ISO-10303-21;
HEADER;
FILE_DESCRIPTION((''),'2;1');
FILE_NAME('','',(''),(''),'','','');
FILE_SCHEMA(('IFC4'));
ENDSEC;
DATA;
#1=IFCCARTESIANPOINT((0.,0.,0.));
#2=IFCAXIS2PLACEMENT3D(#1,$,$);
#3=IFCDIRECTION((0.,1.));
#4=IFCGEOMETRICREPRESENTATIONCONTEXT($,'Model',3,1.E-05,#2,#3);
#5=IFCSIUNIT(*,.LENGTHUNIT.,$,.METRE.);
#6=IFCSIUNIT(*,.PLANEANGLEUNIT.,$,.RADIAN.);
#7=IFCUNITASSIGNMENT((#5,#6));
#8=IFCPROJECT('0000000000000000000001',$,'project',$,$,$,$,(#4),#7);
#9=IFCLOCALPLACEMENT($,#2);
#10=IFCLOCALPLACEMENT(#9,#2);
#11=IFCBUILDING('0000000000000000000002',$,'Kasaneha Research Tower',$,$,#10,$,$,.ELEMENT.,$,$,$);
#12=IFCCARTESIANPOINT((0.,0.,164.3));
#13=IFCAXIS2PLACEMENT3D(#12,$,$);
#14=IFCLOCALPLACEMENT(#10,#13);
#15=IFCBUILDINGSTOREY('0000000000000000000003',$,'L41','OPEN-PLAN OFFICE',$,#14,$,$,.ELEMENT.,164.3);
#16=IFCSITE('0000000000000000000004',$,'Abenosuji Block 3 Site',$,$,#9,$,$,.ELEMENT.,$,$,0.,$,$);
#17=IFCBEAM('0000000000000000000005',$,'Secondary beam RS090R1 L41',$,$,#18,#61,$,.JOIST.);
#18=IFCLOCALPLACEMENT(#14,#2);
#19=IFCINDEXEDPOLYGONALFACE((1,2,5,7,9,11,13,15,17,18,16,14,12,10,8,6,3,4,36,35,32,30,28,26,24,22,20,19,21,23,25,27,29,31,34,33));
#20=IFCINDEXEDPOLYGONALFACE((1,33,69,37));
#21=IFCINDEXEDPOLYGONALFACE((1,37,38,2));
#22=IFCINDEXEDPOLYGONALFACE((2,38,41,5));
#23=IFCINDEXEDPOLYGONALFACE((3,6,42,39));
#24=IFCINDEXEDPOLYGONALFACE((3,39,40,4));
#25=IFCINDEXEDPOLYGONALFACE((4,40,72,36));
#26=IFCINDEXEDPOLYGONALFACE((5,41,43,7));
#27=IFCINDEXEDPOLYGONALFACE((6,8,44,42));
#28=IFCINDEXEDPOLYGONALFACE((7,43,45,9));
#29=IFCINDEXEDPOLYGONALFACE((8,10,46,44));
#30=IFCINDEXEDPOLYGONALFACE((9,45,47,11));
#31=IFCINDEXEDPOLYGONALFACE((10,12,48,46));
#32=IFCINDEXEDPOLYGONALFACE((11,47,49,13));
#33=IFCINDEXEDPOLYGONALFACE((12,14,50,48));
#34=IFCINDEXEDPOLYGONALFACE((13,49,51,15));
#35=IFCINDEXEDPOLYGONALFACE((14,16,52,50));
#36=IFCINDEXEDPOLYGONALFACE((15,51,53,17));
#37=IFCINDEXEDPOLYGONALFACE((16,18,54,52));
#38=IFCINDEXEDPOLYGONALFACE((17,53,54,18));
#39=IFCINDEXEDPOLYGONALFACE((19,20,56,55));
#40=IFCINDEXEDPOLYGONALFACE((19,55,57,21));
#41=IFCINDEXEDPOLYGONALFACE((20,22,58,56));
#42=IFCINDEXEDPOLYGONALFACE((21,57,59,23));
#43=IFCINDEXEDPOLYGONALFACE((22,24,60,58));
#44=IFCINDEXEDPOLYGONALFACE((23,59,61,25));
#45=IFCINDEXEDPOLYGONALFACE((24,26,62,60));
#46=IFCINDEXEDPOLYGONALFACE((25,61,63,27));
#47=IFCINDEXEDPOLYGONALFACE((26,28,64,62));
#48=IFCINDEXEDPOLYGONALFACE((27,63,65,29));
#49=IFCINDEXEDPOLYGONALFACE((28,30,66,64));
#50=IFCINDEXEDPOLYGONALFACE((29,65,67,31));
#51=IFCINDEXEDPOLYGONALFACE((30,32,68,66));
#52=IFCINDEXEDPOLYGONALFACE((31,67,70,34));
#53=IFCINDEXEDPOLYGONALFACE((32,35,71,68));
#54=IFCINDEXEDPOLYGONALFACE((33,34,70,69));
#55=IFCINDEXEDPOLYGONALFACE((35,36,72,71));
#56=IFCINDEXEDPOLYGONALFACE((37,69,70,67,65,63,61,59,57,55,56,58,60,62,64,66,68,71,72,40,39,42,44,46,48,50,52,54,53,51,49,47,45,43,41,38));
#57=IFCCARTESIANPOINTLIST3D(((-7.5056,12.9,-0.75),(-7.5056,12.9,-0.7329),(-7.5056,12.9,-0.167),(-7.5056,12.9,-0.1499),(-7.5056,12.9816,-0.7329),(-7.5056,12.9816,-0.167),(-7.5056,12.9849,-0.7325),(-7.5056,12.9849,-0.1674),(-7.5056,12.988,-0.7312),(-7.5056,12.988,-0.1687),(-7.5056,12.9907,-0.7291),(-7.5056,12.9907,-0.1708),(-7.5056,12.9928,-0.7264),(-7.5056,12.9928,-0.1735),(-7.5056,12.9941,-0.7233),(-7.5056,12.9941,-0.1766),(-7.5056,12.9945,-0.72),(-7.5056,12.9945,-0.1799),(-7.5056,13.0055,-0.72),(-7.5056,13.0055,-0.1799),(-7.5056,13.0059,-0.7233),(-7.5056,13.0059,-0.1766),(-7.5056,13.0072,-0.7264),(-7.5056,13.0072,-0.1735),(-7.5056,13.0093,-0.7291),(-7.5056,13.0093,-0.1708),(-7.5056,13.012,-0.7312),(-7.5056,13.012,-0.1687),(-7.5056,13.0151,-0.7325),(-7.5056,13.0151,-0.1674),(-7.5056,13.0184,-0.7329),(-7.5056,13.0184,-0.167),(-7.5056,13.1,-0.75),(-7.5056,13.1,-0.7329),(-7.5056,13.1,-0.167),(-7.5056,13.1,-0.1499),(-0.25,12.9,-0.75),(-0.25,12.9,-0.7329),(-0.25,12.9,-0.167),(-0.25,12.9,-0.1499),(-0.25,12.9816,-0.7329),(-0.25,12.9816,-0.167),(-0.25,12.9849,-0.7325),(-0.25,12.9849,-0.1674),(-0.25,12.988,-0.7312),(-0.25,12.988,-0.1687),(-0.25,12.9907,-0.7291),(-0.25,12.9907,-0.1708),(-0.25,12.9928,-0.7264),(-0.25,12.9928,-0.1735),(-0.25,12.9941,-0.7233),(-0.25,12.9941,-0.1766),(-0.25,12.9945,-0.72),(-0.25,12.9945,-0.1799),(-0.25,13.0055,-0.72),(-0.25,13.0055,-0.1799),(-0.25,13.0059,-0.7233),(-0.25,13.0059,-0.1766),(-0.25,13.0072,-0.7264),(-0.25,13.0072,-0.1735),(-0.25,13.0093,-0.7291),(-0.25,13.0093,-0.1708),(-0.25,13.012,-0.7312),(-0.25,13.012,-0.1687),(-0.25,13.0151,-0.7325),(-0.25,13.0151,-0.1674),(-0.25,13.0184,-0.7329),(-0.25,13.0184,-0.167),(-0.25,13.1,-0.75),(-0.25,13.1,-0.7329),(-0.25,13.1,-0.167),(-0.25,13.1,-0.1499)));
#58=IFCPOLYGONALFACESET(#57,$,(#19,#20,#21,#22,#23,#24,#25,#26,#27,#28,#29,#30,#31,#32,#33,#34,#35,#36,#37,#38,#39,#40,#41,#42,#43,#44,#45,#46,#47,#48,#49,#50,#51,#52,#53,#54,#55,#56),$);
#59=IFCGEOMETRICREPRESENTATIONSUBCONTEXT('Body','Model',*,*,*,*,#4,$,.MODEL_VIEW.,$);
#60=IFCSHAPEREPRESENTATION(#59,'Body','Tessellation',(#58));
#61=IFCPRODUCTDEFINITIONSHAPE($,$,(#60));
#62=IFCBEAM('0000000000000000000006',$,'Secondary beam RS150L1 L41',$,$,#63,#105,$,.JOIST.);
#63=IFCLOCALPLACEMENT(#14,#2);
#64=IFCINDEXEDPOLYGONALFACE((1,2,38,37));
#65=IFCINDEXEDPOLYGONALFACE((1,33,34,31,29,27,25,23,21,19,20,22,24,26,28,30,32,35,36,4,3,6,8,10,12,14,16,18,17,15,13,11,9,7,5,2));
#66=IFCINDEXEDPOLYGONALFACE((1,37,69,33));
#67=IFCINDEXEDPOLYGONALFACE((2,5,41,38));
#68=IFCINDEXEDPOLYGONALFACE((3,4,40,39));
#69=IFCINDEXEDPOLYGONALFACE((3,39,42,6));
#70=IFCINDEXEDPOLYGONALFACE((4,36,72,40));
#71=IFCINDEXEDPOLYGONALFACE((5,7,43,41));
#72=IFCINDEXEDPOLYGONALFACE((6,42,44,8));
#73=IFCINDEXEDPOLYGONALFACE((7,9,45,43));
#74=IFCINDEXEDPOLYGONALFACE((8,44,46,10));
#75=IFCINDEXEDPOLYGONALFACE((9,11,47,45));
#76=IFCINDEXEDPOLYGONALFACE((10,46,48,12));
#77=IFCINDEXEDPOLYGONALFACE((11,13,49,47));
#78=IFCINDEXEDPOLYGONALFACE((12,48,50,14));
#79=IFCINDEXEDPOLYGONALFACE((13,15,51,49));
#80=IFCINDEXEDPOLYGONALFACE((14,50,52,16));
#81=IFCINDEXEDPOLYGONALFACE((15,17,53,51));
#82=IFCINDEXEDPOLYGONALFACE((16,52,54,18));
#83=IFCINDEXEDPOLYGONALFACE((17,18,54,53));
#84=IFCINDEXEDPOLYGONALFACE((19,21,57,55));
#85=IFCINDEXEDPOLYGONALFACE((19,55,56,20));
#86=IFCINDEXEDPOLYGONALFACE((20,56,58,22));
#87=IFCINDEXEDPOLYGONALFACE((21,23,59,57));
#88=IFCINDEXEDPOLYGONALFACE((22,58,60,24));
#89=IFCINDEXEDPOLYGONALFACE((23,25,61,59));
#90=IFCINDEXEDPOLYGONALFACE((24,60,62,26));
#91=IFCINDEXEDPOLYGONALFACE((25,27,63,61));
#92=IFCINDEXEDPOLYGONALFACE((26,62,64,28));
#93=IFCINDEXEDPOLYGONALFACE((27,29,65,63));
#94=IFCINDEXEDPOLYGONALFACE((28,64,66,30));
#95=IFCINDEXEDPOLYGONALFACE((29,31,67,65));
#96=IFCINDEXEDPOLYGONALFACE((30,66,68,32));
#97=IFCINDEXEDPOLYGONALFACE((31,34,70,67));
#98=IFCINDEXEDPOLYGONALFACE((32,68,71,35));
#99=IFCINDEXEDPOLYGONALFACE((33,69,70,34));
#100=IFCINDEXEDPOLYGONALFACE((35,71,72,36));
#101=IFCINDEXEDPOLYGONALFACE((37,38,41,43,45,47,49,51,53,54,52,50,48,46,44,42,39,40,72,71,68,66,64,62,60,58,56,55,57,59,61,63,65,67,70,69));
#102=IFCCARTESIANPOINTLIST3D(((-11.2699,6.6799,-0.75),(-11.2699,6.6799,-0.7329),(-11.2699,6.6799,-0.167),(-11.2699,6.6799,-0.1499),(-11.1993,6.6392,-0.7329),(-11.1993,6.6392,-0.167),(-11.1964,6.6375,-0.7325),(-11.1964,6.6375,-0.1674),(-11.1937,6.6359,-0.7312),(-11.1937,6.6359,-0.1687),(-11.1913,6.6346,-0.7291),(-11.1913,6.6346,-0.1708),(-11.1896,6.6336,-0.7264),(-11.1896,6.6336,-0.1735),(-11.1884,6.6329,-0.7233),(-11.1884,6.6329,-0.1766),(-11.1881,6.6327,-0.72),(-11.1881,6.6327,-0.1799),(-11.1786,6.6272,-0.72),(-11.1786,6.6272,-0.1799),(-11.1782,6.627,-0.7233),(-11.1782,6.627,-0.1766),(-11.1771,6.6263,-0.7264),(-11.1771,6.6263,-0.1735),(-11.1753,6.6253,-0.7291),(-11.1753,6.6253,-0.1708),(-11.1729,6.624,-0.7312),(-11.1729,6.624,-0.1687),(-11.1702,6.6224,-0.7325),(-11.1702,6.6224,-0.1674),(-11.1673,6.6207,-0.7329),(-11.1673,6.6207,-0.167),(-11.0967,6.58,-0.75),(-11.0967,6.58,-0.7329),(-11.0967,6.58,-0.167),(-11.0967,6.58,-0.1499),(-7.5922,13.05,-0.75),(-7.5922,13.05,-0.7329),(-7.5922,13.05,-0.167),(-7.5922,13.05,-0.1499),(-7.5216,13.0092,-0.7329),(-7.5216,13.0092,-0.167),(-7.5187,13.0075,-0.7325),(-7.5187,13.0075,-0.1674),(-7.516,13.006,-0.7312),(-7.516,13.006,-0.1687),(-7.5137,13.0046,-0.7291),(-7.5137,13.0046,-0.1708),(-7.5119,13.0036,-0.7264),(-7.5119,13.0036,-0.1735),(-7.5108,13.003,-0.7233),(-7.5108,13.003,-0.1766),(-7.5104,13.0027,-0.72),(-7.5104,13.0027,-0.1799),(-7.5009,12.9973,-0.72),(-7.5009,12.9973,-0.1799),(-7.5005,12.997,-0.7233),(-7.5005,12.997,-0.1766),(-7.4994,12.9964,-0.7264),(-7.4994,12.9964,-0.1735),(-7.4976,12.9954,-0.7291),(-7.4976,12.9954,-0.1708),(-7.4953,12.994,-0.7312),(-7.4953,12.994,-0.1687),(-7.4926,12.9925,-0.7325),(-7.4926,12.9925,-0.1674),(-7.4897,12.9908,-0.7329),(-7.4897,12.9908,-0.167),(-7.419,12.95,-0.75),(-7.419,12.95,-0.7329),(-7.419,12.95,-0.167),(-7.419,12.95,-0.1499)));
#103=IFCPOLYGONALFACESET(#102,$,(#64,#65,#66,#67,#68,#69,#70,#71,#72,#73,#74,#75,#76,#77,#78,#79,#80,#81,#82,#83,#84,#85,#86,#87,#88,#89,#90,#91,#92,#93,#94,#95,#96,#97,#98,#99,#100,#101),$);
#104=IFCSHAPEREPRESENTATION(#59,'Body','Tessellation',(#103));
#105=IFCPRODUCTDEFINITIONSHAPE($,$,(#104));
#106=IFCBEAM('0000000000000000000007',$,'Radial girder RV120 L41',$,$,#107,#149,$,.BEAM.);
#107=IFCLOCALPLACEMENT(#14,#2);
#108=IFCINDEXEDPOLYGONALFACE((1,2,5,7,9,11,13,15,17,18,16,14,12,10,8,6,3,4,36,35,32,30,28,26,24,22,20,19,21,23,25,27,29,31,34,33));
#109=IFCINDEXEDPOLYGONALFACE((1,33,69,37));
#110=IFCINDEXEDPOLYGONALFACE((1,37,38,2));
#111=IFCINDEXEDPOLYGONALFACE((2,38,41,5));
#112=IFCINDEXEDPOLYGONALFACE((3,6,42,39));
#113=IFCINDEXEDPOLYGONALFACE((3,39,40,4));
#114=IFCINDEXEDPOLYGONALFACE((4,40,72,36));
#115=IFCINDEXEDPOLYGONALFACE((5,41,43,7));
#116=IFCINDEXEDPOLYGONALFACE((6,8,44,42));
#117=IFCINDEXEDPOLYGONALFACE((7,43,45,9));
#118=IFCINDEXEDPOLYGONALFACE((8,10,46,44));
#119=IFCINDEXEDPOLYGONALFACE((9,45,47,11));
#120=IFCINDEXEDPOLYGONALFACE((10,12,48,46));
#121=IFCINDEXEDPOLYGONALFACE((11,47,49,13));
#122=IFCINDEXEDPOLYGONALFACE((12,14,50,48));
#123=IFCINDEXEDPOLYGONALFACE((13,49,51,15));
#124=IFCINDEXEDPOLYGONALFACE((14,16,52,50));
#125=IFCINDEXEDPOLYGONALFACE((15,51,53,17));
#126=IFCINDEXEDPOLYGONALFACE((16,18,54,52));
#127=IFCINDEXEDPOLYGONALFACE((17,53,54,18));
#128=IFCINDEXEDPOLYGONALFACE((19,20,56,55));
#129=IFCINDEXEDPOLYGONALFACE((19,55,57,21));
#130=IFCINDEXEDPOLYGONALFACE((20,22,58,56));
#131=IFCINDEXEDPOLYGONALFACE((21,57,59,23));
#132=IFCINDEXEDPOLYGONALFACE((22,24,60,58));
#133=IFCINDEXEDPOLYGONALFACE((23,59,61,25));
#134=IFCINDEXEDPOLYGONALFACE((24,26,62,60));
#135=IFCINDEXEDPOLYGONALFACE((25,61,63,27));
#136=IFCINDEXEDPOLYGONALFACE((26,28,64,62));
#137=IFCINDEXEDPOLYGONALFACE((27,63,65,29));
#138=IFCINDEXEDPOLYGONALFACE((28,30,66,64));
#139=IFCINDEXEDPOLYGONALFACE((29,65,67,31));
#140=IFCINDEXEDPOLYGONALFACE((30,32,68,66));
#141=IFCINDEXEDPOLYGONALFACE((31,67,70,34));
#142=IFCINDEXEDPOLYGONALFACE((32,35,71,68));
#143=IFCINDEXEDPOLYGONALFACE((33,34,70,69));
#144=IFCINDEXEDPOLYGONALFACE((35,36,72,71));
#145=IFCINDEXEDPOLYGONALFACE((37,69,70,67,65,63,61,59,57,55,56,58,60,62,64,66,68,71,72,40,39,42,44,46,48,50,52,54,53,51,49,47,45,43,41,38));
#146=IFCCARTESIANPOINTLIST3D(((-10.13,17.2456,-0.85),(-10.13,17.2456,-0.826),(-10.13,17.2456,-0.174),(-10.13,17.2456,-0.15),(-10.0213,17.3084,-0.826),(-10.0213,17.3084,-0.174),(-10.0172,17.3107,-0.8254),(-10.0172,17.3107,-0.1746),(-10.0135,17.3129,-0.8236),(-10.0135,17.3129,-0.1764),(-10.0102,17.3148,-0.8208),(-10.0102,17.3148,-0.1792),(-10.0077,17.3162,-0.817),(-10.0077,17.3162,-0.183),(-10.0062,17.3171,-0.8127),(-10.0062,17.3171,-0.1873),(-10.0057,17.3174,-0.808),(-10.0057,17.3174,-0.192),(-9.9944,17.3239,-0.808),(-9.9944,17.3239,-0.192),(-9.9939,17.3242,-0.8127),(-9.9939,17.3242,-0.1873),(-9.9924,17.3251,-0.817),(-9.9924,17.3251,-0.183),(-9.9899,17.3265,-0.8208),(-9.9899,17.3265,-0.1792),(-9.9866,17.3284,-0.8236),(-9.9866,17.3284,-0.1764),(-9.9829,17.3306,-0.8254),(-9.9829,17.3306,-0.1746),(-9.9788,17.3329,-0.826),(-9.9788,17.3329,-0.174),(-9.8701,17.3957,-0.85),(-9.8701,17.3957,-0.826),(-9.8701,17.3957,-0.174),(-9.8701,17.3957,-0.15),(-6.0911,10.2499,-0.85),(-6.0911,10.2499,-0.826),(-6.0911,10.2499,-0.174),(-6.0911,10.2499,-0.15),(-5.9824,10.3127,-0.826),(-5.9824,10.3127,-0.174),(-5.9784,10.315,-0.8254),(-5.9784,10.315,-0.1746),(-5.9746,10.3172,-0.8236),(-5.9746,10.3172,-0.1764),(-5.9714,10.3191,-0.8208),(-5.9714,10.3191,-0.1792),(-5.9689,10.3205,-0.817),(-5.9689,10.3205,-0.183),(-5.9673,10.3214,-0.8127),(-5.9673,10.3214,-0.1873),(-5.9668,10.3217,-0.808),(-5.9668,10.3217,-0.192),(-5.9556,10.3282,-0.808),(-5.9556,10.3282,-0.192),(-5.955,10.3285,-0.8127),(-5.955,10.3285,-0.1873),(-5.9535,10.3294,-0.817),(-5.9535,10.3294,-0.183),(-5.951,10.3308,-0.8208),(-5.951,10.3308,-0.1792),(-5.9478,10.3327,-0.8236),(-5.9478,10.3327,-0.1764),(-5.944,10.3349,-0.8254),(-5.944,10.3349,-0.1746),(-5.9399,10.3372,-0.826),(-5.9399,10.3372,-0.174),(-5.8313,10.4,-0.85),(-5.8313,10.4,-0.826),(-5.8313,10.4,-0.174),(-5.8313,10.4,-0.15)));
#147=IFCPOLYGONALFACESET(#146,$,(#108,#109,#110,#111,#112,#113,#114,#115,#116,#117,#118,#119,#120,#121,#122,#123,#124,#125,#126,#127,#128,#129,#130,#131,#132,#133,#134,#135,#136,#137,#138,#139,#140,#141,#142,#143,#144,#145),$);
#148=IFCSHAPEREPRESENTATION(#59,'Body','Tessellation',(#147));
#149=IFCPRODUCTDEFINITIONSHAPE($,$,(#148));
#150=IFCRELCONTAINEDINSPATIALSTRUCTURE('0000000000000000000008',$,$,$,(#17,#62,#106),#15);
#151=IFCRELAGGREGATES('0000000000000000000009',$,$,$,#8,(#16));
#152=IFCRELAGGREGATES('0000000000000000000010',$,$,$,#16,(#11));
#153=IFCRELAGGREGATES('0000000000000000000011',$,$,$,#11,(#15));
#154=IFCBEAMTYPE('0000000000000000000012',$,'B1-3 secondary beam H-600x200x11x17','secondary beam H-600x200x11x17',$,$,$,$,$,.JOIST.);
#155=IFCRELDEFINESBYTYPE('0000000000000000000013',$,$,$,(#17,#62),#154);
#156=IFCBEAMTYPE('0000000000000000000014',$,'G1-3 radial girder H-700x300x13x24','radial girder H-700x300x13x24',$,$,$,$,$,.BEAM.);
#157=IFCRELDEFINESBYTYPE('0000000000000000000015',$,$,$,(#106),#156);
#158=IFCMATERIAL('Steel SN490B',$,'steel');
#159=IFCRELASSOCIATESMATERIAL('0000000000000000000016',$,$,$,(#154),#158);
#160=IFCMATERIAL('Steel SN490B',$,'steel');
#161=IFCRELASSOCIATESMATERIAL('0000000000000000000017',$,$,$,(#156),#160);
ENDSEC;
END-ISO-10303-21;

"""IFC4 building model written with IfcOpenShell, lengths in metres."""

from ifc_helpers import new_model, si_unit, direction, frame, origin, origin_2d, place, context, subcontext, project, spatial, i_section, extrude, material, material_profile, profile_set, type_object, element, save


model = new_model("IFC4")

# Units and contexts
model_context = context("Model", 3, precision=1e-05, world=origin(), true_north=direction((0.0, 1.0)))
body_context = subcontext(model_context, "Body", "Model", "MODEL_VIEW")
ifc_project = project(units=[si_unit("LENGTHUNIT", "METRE"), si_unit("PLANEANGLEUNIT", "RADIAN")], contexts=[model_context])

# Site, building, storey
site_placement = place(None, origin())
site = spatial("IfcSite", under=ifc_project, at=site_placement, Name="Abenosuji Block 3 Site", CompositionType="ELEMENT", RefElevation=0.0)
building_placement = place(site_placement, origin())
building = spatial("IfcBuilding", under=site, at=building_placement, Name="Kasaneha Research Tower", CompositionType="ELEMENT")
storey_placement = place(building_placement, frame((0.0, 0.0, 164.3)))
storey = spatial("IfcBuildingStorey", under=building, at=storey_placement, Name="L41", Description="OPEN-PLAN OFFICE", CompositionType="ELEMENT", Elevation=164.3)

# Beams
ifc_material_1 = material(Name="Steel SN490B", Category="steel")
ifc_material_profile_1 = material_profile(ifc_material_1, i_section(OverallWidth=0.2, OverallDepth=0.6001, WebThickness=0.011, FlangeThickness=0.0171, FilletRadius=0.0129, at=origin_2d()), Name="H-600x200x11x17")
ifc_profile_set_1 = profile_set([ifc_material_profile_1], Name="Steel SN490B")
beam_type_1 = type_object("IfcBeamType", Name="B1-3 secondary beam H-600x200x11x17", Description="secondary beam H-600x200x11x17", PredefinedType="JOIST", material=ifc_profile_set_1)
beam_1_placement = place(storey_placement, frame((-7.5056, 13.0, -0.45), z_axis=(1.0, 0.0, 0.0), x_axis=(0.0, 1.0, 0.0)))
element("IfcBeam", 1, at=beam_1_placement, inside=storey, type_object=beam_type_1, Name="Secondary beam RS090R1 L41", PredefinedType="JOIST", context=body_context, shape_type="SweptSolid", body=[
    extrude(i_section(OverallWidth=0.2, OverallDepth=0.6001, WebThickness=0.011, FlangeThickness=0.0171, FilletRadius=0.0129, at=origin_2d()), origin(), (0.0, 0.0, 1.0), 7.2556),
])
beam_2_placement = place(storey_placement, frame((-7.5056, 13.0, -0.45), z_axis=(-0.499994, -0.866029, 0.0), x_axis=(0.866029, -0.499994, 0.0)))
element("IfcBeam", 2, at=beam_2_placement, inside=storey, type_object=beam_type_1, Name="Secondary beam RS150L1 L41", PredefinedType="JOIST", context=body_context, shape_type="SweptSolid", body=[
    extrude(i_section(OverallWidth=0.2, OverallDepth=0.6001, WebThickness=0.011, FlangeThickness=0.0171, FilletRadius=0.0129, at=origin_2d()), origin(), (0.0, 0.0, 1.0), 7.3555),
])
ifc_material_2 = material(Name="Steel SN490B", Category="steel")
ifc_material_profile_2 = material_profile(ifc_material_2, i_section(OverallWidth=0.3, OverallDepth=0.7, WebThickness=0.0129, FlangeThickness=0.0239, FilletRadius=0.0181, at=origin_2d()), Name="H-700x300x13x24")
ifc_profile_set_2 = profile_set([ifc_material_profile_2], Name="Steel SN490B")
beam_type_2 = type_object("IfcBeamType", Name="G1-3 radial girder H-700x300x13x24", Description="radial girder H-700x300x13x24", PredefinedType="BEAM", material=ifc_profile_set_2)
beam_3_placement = place(storey_placement, frame((-5.9612, 10.325, -0.5), z_axis=(-0.499991, 0.866031, 0.0), x_axis=(-0.866031, -0.499991, 0.0)))
element("IfcBeam", 3, at=beam_3_placement, inside=storey, type_object=beam_type_2, Name="Radial girder RV120 L41", PredefinedType="BEAM", context=body_context, shape_type="SweptSolid", body=[
    extrude(i_section(OverallWidth=0.3, OverallDepth=0.7, WebThickness=0.0129, FlangeThickness=0.0239, FilletRadius=0.0181, at=origin_2d()), origin(), (0.0, 0.0, 1.0), 8.0779),
])

save(model, "model.ifc")
